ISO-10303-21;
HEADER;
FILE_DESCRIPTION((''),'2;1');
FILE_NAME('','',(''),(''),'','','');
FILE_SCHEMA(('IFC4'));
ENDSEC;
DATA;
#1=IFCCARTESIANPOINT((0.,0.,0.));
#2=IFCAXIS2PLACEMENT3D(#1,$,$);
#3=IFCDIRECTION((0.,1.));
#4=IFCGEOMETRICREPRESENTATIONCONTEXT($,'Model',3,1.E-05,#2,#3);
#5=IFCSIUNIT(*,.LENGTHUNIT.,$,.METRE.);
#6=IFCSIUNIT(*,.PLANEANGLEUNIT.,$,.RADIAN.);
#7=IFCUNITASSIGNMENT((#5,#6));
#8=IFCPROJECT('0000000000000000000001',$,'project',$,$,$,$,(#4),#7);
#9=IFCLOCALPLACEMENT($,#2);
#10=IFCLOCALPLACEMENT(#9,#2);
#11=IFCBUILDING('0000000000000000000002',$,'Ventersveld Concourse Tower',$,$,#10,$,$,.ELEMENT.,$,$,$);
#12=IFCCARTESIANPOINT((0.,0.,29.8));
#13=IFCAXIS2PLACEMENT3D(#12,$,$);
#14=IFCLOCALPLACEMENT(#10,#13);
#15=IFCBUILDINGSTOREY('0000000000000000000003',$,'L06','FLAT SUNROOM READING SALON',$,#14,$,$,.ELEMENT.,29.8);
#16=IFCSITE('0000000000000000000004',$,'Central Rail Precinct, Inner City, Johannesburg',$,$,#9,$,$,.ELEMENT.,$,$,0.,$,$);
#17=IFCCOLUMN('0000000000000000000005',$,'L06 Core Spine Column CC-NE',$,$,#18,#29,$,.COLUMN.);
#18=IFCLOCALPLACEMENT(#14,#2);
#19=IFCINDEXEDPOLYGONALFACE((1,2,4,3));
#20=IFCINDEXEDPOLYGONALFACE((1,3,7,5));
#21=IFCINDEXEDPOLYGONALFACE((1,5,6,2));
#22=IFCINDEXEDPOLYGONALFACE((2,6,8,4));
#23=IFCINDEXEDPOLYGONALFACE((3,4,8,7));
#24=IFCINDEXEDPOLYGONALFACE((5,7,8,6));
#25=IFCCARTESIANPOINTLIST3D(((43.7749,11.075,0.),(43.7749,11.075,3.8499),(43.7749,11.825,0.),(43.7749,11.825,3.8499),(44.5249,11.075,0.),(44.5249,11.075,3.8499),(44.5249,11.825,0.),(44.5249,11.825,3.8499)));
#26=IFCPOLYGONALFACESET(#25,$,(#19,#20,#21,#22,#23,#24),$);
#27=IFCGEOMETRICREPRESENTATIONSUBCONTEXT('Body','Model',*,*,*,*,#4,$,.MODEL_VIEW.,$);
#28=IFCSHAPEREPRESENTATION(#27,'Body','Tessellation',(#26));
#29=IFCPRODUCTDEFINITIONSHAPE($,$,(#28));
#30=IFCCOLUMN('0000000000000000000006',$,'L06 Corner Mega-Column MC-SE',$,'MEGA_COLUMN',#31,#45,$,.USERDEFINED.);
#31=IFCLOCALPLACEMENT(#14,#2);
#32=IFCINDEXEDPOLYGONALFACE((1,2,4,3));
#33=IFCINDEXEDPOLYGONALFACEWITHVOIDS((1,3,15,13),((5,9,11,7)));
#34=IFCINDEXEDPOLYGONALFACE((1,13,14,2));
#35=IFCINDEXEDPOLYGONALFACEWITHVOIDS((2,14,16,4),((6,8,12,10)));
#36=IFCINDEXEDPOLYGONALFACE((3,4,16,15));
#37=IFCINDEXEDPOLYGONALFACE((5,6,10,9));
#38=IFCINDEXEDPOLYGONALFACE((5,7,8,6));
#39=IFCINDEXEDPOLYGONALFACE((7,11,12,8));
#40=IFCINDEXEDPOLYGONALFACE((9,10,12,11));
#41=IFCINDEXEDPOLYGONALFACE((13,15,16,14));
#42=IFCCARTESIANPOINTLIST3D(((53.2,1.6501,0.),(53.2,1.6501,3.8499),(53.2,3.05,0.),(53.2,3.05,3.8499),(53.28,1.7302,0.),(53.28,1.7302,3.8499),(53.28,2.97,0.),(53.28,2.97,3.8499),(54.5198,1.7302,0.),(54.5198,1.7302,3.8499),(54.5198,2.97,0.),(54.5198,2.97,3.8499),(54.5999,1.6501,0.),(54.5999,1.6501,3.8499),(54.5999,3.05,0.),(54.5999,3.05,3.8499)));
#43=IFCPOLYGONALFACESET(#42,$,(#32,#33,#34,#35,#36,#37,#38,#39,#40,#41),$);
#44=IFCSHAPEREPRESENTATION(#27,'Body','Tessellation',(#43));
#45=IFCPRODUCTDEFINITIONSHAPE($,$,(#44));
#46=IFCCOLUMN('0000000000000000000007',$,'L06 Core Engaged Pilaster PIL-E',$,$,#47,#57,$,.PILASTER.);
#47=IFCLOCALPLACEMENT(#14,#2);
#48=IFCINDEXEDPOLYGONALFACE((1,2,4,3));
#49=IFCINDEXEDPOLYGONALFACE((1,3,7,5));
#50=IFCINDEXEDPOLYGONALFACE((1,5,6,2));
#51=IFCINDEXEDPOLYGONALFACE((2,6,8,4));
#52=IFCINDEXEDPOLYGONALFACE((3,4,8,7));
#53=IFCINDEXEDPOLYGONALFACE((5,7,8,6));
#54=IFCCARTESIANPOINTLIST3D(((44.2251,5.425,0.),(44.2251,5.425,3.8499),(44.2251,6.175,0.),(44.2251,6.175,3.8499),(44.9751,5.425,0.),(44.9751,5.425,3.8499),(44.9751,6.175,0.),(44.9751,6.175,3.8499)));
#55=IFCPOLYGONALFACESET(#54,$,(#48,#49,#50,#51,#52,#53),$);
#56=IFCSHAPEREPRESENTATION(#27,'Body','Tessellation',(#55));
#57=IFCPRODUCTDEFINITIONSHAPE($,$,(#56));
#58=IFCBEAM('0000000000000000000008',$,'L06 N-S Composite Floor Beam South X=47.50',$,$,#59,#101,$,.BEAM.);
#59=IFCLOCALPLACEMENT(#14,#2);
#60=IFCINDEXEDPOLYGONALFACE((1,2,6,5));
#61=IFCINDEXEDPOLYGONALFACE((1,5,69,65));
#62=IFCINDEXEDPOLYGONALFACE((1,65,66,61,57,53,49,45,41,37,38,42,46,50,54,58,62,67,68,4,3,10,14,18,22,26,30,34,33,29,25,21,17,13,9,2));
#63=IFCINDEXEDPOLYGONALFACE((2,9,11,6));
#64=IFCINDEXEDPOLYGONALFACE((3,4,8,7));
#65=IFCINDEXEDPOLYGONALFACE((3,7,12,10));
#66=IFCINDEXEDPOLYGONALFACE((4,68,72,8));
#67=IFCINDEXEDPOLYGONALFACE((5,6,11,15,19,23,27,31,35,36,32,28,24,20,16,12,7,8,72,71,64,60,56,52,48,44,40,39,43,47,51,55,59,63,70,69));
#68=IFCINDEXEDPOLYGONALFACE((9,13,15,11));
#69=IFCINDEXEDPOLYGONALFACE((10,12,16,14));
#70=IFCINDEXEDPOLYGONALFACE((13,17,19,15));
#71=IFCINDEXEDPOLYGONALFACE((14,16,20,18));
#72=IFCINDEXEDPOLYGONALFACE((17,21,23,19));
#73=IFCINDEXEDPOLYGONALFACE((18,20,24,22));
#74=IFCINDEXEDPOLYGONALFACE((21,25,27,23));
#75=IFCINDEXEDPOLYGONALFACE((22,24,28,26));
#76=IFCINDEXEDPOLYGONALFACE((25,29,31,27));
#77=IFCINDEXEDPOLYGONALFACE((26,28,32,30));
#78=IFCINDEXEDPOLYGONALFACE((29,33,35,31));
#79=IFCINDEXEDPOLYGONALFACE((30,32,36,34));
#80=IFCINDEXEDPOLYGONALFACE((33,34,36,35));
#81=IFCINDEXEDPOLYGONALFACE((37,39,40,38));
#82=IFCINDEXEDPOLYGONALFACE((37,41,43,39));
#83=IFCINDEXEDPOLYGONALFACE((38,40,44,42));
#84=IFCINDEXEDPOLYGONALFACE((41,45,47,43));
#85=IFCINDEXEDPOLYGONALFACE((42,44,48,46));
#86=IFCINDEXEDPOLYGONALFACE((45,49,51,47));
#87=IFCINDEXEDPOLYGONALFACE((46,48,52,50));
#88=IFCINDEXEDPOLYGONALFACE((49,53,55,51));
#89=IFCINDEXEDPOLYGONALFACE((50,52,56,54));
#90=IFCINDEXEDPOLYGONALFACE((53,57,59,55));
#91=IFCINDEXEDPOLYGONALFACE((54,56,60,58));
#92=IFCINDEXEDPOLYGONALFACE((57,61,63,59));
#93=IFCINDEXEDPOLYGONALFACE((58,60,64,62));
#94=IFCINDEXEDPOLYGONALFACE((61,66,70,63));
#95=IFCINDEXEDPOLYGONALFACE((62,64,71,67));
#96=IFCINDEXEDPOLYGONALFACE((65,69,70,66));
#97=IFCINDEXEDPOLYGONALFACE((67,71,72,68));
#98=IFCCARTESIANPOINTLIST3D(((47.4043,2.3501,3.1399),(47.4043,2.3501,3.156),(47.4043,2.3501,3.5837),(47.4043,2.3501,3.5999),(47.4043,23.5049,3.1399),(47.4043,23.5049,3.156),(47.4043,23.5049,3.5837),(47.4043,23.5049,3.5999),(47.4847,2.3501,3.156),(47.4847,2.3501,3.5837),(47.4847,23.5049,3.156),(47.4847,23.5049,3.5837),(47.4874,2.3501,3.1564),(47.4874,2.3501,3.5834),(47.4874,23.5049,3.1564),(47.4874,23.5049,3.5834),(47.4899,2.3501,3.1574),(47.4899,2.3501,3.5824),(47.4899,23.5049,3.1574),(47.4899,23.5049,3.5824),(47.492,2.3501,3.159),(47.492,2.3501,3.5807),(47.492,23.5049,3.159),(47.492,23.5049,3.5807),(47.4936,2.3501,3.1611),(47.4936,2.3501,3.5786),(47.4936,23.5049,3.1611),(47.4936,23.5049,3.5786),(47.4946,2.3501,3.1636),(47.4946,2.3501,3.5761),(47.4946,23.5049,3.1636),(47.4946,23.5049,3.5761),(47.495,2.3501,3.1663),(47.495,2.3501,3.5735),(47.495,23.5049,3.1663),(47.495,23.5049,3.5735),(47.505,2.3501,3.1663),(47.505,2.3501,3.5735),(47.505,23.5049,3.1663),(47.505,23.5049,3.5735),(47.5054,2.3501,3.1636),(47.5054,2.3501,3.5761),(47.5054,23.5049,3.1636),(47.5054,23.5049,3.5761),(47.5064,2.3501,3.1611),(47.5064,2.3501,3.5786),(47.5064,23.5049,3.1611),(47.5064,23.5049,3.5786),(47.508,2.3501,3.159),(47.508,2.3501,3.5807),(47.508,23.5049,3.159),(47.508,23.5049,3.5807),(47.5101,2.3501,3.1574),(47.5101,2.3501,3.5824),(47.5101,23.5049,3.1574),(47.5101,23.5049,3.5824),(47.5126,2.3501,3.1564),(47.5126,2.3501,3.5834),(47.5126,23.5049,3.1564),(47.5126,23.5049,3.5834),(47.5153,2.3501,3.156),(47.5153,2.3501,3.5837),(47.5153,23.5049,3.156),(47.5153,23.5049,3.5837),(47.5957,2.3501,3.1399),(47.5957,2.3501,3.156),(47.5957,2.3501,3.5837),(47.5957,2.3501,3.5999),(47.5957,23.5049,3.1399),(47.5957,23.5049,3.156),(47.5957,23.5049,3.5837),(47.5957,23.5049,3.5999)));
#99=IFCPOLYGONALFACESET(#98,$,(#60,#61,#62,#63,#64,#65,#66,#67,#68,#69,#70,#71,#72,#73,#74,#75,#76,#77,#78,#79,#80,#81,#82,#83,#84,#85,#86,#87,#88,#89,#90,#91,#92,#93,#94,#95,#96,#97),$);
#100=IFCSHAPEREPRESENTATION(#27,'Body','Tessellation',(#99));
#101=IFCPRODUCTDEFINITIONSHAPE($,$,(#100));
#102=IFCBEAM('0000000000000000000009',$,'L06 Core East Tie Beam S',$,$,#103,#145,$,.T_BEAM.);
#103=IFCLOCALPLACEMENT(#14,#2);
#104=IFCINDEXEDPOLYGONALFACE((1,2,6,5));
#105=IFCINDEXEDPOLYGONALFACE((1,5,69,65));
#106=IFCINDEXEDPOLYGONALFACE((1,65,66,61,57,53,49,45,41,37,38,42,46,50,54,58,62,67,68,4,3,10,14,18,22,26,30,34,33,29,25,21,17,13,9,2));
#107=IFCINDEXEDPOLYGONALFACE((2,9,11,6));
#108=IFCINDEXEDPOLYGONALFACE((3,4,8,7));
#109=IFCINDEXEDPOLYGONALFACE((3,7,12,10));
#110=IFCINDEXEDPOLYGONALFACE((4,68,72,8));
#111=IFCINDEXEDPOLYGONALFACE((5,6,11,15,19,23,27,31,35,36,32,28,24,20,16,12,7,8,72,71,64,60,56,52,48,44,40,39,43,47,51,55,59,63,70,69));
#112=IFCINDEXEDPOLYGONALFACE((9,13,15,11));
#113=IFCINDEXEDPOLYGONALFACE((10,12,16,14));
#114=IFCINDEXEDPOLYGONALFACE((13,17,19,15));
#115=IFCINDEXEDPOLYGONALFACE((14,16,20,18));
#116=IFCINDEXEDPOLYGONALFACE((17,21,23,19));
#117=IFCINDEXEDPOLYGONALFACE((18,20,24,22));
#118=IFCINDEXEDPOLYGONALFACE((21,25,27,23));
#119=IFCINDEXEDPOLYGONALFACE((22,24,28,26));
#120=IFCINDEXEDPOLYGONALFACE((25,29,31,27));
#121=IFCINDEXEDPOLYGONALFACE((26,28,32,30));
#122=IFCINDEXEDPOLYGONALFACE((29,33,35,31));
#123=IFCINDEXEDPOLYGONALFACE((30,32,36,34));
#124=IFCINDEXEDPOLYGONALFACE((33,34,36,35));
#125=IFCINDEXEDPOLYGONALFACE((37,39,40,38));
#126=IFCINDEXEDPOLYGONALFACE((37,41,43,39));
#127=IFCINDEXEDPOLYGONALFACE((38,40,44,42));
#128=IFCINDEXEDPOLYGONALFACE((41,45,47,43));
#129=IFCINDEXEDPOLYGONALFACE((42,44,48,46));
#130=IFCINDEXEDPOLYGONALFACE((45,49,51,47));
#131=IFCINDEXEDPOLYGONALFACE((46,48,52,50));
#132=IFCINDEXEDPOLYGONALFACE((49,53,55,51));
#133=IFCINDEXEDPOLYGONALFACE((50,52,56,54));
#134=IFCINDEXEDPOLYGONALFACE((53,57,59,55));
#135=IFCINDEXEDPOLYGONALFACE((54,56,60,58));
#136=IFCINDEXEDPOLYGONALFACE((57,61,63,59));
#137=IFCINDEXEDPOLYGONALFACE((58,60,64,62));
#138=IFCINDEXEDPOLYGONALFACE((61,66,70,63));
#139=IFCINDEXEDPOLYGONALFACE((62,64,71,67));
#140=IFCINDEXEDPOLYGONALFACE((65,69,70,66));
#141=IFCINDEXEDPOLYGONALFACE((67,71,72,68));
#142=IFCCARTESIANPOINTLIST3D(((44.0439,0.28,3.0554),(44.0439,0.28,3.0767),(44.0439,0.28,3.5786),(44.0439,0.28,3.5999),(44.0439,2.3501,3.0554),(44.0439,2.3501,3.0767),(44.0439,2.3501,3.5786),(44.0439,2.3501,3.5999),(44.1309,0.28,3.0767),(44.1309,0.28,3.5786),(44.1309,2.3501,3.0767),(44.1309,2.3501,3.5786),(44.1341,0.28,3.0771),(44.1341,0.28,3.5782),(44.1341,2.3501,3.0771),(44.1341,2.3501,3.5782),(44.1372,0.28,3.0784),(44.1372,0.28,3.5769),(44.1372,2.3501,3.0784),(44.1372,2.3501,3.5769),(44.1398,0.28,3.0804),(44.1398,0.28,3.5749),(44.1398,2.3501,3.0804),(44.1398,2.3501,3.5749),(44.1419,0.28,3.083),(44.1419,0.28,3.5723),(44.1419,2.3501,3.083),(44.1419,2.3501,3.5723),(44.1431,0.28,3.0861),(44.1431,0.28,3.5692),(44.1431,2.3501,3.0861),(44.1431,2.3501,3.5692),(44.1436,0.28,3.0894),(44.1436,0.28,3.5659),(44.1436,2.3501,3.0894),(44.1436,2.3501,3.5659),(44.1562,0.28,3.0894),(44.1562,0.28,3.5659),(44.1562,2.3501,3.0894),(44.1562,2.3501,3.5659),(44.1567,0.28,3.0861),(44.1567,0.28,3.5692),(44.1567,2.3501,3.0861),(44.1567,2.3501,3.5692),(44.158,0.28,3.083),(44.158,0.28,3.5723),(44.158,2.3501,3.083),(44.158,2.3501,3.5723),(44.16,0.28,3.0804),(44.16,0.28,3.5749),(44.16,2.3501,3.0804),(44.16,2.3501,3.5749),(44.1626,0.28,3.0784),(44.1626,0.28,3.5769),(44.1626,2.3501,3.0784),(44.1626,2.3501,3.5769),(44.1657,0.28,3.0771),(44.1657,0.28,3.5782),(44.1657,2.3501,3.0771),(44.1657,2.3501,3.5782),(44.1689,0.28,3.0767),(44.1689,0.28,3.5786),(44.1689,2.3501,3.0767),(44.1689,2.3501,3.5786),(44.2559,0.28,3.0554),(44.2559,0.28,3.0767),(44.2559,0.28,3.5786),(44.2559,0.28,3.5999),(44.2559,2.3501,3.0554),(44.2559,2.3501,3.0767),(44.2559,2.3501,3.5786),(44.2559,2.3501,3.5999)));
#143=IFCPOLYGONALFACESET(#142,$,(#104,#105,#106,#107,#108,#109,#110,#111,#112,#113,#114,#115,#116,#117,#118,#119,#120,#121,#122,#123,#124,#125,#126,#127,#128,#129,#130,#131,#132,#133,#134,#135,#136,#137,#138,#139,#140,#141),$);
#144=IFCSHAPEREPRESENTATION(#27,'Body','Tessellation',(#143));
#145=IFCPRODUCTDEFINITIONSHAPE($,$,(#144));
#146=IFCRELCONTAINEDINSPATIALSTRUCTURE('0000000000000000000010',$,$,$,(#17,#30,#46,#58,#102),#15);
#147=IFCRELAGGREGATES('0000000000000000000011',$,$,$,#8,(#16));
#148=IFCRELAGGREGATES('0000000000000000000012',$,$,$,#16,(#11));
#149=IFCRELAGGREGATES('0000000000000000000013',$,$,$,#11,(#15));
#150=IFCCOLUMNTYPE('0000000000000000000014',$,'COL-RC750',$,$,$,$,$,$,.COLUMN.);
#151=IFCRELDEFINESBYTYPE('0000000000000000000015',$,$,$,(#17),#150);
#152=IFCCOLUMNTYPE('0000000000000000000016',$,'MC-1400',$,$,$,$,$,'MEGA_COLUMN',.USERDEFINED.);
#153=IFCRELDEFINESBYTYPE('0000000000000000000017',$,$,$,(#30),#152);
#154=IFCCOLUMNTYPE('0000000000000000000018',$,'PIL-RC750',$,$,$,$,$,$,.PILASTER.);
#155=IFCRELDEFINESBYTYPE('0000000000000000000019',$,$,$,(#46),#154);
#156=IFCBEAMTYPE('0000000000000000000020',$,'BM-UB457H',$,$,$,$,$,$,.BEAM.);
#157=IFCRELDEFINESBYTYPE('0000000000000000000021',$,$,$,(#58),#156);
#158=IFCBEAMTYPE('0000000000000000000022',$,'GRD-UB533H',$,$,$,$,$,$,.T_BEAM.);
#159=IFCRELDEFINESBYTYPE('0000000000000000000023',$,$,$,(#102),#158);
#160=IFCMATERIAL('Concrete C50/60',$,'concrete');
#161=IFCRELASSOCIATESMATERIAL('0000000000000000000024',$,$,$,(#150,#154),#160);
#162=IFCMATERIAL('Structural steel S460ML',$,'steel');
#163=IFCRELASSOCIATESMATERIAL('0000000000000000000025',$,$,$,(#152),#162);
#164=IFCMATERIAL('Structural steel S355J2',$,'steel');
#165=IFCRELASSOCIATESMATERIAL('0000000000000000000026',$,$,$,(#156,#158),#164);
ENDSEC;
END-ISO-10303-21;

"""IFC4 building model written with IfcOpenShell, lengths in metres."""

from ifc_helpers import new_model, si_unit, direction, frame, origin, origin_2d, place, context, subcontext, project, spatial, rectangle, hollow_rectangle, i_section, extrude, material, material_profile, profile_set, type_object, element, save


model = new_model("IFC4")

# Units and contexts
model_context = context("Model", 3, precision=1e-05, world=origin(), true_north=direction((0.0, 1.0)))
body_context = subcontext(model_context, "Body", "Model", "MODEL_VIEW")
ifc_project = project(units=[si_unit("LENGTHUNIT", "METRE"), si_unit("PLANEANGLEUNIT", "RADIAN")], contexts=[model_context])

# Site, building, storey
site_placement = place(None, origin())
site = spatial("IfcSite", under=ifc_project, at=site_placement, Name="Central Rail Precinct, Inner City, Johannesburg", CompositionType="ELEMENT", RefElevation=0.0)
building_placement = place(site_placement, origin())
building = spatial("IfcBuilding", under=site, at=building_placement, Name="Ventersveld Concourse Tower", CompositionType="ELEMENT")
storey_placement = place(building_placement, frame((0.0, 0.0, 29.8)))
storey = spatial("IfcBuildingStorey", under=building, at=storey_placement, Name="L06", Description="FLAT SUNROOM READING SALON", CompositionType="ELEMENT", Elevation=29.8)

# Columns
ifc_material_1 = material(Name="Concrete C50/60", Category="concrete")
ifc_material_profile_1 = material_profile(ifc_material_1, rectangle(XDim=0.75, YDim=0.75, at=origin_2d()), Name="RC 750x750")
ifc_profile_set_1 = profile_set([ifc_material_profile_1], Name="Concrete C50/60")
column_type_1 = type_object("IfcColumnType", Name="COL-RC750", PredefinedType="COLUMN", material=ifc_profile_set_1)
column_1_placement = place(storey_placement, frame((44.1499, 11.45, 0.0), z_axis=(0.0, 0.0, 1.0), x_axis=(1.0, 0.0, 0.0)))
element("IfcColumn", 1, at=column_1_placement, inside=storey, type_object=column_type_1, Name="L06 Core Spine Column CC-NE", PredefinedType="COLUMN", context=body_context, shape_type="SweptSolid", body=[
    extrude(rectangle(XDim=0.75, YDim=0.75, at=origin_2d()), origin(), (0.0, 0.0, 1.0), 3.8499),
])
ifc_material_2 = material(Name="Structural steel S460ML", Category="steel")
ifc_material_profile_2 = material_profile(ifc_material_2, hollow_rectangle(XDim=1.3999, YDim=1.3999, WallThickness=0.0801, at=origin_2d()), Name="BOX 1400x1400x80")
ifc_profile_set_2 = profile_set([ifc_material_profile_2], Name="Structural steel S460ML")
column_type_2 = type_object("IfcColumnType", Name="MC-1400", ElementType="MEGA_COLUMN", PredefinedType="USERDEFINED", material=ifc_profile_set_2)
column_2_placement = place(storey_placement, frame((53.8999, 2.3501, 0.0), z_axis=(0.0, 0.0, 1.0), x_axis=(1.0, 0.0, 0.0)))
element("IfcColumn", 2, at=column_2_placement, inside=storey, type_object=column_type_2, Name="L06 Corner Mega-Column MC-SE", ObjectType="MEGA_COLUMN", PredefinedType="USERDEFINED", context=body_context, shape_type="SweptSolid", body=[
    extrude(hollow_rectangle(XDim=1.3999, YDim=1.3999, WallThickness=0.0801, at=origin_2d()), origin(), (0.0, 0.0, 1.0), 3.8499),
])
ifc_material_profile_3 = material_profile(ifc_material_1, rectangle(XDim=0.75, YDim=0.75, at=origin_2d()), Name="RC 750x750")
ifc_profile_set_3 = profile_set([ifc_material_profile_3], Name="Concrete C50/60")
column_type_3 = type_object("IfcColumnType", Name="PIL-RC750", PredefinedType="PILASTER", material=ifc_profile_set_3)
column_3_placement = place(storey_placement, frame((44.6001, 5.8, 0.0), z_axis=(0.0, 0.0, 1.0), x_axis=(1.0, 0.0, 0.0)))
element("IfcColumn", 3, at=column_3_placement, inside=storey, type_object=column_type_3, Name="L06 Core Engaged Pilaster PIL-E", PredefinedType="PILASTER", context=body_context, shape_type="SweptSolid", body=[
    extrude(rectangle(XDim=0.75, YDim=0.75, at=origin_2d()), origin(), (0.0, 0.0, 1.0), 3.8499),
])

# Beams
ifc_material_3 = material(Name="Structural steel S355J2", Category="steel")
ifc_material_profile_4 = material_profile(ifc_material_3, i_section(OverallWidth=0.1914, OverallDepth=0.46, WebThickness=0.01, FlangeThickness=0.0161, FilletRadius=0.0103, at=origin_2d()), Name="UB 457x191x82")
ifc_profile_set_4 = profile_set([ifc_material_profile_4], Name="Structural steel S355J2")
beam_type_1 = type_object("IfcBeamType", Name="BM-UB457H", PredefinedType="BEAM", material=ifc_profile_set_4)
beam_1_placement = place(storey_placement, frame((47.5, 2.3501, 3.3699), z_axis=(0.0, 1.0, 0.0), x_axis=(-1.0, 0.0, 0.0)))
element("IfcBeam", 4, at=beam_1_placement, inside=storey, type_object=beam_type_1, Name="L06 N-S Composite Floor Beam South X=47.50", PredefinedType="BEAM", context=body_context, shape_type="SweptSolid", body=[
    extrude(i_section(OverallWidth=0.1914, OverallDepth=0.46, WebThickness=0.01, FlangeThickness=0.0161, FilletRadius=0.0103, at=origin_2d()), origin(), (0.0, 0.0, 1.0), 21.1548),
])
ifc_material_profile_5 = material_profile(ifc_material_3, i_section(OverallWidth=0.2119, OverallDepth=0.5444, WebThickness=0.0127, FlangeThickness=0.0212, FilletRadius=0.0127, at=origin_2d()), Name="UB 533x210x122")
ifc_profile_set_5 = profile_set([ifc_material_profile_5], Name="Structural steel S355J2")
beam_type_2 = type_object("IfcBeamType", Name="GRD-UB533H", PredefinedType="T_BEAM", material=ifc_profile_set_5)
beam_2_placement = place(storey_placement, frame((44.1499, 0.28, 3.3276), z_axis=(0.0, 1.0, 0.0), x_axis=(-1.0, 0.0, 0.0)))
element("IfcBeam", 5, at=beam_2_placement, inside=storey, type_object=beam_type_2, Name="L06 Core East Tie Beam S", PredefinedType="T_BEAM", context=body_context, shape_type="SweptSolid", body=[
    extrude(i_section(OverallWidth=0.2119, OverallDepth=0.5444, WebThickness=0.0127, FlangeThickness=0.0212, FilletRadius=0.0127, at=origin_2d()), origin(), (0.0, 0.0, 1.0), 2.0701),
])

save(model, "model.ifc")
